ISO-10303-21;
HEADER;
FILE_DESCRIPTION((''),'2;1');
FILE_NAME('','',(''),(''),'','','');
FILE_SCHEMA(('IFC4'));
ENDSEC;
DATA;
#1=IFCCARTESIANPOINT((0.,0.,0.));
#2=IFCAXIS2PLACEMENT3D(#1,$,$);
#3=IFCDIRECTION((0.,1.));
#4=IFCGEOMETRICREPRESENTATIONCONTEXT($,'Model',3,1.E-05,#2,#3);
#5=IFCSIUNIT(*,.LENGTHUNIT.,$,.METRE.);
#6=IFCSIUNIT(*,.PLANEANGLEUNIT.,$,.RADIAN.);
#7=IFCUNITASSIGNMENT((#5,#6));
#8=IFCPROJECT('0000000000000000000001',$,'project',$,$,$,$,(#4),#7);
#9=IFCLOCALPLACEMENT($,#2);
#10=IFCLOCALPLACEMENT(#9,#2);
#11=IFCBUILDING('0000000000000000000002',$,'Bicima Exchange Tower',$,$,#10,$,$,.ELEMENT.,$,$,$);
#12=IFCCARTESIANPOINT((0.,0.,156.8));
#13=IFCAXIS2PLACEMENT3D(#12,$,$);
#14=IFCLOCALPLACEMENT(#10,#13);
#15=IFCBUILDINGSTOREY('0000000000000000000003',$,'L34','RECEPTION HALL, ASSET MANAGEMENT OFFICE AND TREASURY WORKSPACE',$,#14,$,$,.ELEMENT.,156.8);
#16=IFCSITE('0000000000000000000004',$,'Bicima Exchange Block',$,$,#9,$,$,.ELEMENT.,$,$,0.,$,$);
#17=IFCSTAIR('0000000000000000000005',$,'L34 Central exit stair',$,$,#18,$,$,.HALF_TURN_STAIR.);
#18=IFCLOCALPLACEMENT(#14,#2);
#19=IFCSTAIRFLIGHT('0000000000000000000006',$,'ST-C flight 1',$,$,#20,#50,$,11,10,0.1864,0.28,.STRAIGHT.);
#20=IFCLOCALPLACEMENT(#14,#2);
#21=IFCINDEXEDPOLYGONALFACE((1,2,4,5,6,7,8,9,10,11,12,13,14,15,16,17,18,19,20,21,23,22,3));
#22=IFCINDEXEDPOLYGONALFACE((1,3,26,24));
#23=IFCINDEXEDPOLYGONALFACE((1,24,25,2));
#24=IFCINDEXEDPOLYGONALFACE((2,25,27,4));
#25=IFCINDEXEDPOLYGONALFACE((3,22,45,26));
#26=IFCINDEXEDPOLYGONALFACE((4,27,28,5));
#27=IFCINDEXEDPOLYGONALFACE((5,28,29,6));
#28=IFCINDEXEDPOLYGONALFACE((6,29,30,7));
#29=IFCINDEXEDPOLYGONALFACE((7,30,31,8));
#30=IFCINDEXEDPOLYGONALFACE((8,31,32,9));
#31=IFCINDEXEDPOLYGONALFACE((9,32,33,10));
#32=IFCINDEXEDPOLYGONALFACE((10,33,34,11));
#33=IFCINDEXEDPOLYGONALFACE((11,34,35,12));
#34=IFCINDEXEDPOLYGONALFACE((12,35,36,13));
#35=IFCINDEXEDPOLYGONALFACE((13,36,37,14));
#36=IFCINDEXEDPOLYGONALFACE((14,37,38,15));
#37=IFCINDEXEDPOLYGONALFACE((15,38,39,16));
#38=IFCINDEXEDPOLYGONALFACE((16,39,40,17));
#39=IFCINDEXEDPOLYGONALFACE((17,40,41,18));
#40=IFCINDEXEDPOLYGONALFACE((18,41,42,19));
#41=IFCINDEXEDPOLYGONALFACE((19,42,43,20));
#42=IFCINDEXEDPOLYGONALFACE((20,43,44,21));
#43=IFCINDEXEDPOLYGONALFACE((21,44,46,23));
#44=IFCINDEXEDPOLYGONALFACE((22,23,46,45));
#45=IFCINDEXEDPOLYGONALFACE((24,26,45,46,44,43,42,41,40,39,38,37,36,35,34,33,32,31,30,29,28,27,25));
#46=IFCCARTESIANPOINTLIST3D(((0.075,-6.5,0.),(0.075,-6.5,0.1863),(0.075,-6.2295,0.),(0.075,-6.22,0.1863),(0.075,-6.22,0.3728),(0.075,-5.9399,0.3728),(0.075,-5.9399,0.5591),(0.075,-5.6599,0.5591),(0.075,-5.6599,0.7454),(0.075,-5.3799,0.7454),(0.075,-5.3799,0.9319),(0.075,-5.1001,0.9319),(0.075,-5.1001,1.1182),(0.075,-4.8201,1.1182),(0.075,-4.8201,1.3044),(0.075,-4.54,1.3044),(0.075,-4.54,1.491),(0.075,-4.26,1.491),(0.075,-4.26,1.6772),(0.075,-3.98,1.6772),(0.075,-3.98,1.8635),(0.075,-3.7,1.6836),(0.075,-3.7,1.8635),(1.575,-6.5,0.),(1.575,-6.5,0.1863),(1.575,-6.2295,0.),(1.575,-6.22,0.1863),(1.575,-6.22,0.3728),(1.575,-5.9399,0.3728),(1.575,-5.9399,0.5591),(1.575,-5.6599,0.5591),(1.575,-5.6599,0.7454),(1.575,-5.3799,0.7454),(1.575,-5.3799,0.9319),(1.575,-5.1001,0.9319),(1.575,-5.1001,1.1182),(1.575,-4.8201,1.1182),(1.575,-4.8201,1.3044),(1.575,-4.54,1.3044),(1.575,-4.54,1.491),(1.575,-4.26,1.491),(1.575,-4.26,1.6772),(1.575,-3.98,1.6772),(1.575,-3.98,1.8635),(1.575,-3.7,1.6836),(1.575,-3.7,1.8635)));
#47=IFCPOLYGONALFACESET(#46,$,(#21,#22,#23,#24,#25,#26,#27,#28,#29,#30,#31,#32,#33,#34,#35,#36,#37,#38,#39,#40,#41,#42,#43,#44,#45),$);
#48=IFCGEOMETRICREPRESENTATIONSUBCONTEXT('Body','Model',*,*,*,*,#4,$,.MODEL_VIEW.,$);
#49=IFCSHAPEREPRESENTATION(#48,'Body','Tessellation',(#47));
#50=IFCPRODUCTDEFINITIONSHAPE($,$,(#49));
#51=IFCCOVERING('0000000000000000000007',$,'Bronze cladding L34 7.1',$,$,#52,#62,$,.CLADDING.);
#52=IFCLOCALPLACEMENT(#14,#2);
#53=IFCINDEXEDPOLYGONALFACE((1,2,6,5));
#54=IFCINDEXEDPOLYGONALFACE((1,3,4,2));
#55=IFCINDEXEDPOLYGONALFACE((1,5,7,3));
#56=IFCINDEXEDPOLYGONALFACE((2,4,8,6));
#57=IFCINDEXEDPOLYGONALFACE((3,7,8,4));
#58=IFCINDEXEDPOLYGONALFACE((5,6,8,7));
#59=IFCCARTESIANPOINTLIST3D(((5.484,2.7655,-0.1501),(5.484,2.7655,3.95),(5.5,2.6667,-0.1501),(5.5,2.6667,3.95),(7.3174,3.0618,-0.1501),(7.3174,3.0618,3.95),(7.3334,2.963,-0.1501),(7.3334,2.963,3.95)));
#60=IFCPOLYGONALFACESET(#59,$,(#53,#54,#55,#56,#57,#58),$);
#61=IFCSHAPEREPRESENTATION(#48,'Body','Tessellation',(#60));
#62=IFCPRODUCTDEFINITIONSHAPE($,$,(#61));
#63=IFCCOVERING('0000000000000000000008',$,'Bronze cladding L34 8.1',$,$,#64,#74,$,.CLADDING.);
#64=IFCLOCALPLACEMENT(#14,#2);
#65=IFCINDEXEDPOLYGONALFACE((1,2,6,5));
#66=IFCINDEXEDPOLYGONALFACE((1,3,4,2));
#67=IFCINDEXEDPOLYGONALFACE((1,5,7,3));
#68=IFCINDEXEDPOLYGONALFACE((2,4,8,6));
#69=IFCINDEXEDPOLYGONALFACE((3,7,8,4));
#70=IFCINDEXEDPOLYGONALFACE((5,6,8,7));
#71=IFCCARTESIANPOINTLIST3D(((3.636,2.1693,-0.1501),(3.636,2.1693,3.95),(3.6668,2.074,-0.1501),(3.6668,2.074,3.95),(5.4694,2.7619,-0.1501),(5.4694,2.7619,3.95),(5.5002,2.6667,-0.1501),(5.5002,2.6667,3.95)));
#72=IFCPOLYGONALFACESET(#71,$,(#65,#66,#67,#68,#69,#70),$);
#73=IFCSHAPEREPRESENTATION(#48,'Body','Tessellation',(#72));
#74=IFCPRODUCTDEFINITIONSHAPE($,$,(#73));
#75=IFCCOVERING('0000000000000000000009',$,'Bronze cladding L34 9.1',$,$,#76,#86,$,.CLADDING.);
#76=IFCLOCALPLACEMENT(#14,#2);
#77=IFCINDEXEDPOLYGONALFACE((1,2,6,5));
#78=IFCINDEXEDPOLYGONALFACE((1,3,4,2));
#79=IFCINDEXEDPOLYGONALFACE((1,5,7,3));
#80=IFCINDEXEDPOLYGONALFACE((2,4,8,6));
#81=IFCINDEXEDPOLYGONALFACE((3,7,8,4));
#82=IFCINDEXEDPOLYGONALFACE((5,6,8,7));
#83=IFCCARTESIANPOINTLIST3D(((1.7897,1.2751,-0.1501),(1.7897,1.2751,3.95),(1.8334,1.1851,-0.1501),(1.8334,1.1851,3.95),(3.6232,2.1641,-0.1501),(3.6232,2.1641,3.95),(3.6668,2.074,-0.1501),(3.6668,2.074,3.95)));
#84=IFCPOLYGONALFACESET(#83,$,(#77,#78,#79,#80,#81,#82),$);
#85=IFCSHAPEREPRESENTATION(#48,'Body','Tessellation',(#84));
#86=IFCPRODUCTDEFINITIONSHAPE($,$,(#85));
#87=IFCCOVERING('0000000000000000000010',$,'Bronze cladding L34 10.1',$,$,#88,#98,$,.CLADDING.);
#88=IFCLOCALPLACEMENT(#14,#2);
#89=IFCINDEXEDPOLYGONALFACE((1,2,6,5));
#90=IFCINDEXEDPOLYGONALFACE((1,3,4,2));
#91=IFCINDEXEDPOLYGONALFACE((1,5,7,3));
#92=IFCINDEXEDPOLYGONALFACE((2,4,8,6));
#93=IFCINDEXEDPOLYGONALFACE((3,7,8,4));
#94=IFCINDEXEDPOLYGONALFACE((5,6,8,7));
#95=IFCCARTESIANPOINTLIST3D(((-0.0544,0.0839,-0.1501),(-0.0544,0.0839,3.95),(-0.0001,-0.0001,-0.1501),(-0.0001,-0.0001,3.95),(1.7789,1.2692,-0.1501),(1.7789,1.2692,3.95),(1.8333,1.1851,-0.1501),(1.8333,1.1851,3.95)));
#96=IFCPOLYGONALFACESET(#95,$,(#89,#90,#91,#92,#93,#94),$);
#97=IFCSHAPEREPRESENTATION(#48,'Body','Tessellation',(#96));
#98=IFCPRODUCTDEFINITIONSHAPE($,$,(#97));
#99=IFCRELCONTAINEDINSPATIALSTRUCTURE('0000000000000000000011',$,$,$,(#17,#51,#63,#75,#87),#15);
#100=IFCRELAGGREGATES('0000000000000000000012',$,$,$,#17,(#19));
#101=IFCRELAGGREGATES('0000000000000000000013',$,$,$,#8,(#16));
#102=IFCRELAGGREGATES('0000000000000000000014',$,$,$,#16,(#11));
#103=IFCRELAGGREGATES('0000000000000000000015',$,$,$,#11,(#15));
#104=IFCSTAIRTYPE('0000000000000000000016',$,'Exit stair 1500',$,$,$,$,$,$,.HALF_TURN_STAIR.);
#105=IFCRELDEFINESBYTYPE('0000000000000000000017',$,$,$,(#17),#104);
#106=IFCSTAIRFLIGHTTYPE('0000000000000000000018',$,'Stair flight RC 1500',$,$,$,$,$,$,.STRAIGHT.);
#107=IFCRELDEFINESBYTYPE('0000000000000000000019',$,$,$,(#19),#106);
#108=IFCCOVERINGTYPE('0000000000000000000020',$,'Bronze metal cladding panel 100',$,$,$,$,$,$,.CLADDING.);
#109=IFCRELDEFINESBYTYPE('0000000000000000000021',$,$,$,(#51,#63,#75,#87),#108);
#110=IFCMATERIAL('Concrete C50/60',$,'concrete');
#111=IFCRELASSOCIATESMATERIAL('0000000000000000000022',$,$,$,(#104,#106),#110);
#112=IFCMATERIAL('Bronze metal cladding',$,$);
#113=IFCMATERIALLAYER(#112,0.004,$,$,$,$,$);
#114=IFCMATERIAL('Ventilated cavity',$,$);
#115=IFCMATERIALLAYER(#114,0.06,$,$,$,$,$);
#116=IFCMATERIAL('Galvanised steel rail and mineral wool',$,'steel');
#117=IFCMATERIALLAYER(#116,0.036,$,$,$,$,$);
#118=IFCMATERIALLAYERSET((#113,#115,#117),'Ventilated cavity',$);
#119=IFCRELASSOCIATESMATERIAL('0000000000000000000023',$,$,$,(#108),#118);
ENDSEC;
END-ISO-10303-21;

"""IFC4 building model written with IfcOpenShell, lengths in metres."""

from ifc_helpers import new_model, si_unit, direction, frame, origin, origin_2d, place, context, subcontext, project, spatial, polyline, rectangle, outline, extrude, material, layer, layer_set, type_object, element, aggregate, save


model = new_model("IFC4")

# Units and contexts
model_context = context("Model", 3, precision=1e-05, world=origin(), true_north=direction((0.0, 1.0)))
body_context = subcontext(model_context, "Body", "Model", "MODEL_VIEW")
ifc_project = project(units=[si_unit("LENGTHUNIT", "METRE"), si_unit("PLANEANGLEUNIT", "RADIAN")], contexts=[model_context])

# Site, building, storey
site_placement = place(None, origin())
site = spatial("IfcSite", under=ifc_project, at=site_placement, Name="Bicima Exchange Block", CompositionType="ELEMENT", RefElevation=0.0)
building_placement = place(site_placement, origin())
building = spatial("IfcBuilding", under=site, at=building_placement, Name="Bicima Exchange Tower", CompositionType="ELEMENT")
storey_placement = place(building_placement, frame((0.0, 0.0, 156.8)))
storey = spatial("IfcBuildingStorey", under=building, at=storey_placement, Name="L34", Description="RECEPTION HALL, ASSET MANAGEMENT OFFICE AND TREASURY WORKSPACE", CompositionType="ELEMENT", Elevation=156.8)

# Stair
ifc_material_1 = material(Name="Concrete C50/60", Category="concrete")
stair_type_1 = type_object("IfcStairType", Name="Exit stair 1500", PredefinedType="HALF_TURN_STAIR", material=ifc_material_1)
stair_1_placement = place(storey_placement, origin())
stair_1 = element("IfcStair", 1, at=stair_1_placement, inside=storey, type_object=stair_type_1, Name="L34 Central exit stair", PredefinedType="HALF_TURN_STAIR")

# Stair flight
stair_flight_type = type_object("IfcStairFlightType", Name="Stair flight RC 1500", PredefinedType="STRAIGHT", material=ifc_material_1)
stair_flight_placement = place(storey_placement, frame((0.825, -6.5, 0.0), z_axis=(0.0, 0.0, 1.0), x_axis=(0.0, 1.0, 0.0)))
stair_flight = element("IfcStairFlight", 2, at=stair_flight_placement, type_object=stair_flight_type, Name="ST-C flight 1", NumberOfRisers=11, NumberOfTreads=10, PredefinedType="STRAIGHT", RiserHeight=0.1864, TreadLength=0.28, context=body_context, shape_type="SweptSolid", body=[
    extrude(outline(polyline([(0.0, 0.0), (0.0, 0.1863), (0.28, 0.1863), (0.28, 0.3728), (0.5601, 0.3728), (0.5601, 0.5591), (0.8401, 0.5591), (0.8401, 0.7454), (1.1201, 0.7454), (1.1201, 0.9319), (1.3999, 0.9319), (1.3999, 1.1182), (1.6799, 1.1182), (1.6799, 1.3044), (1.96, 1.3044), (1.96, 1.491), (2.24, 1.491), (2.24, 1.6772), (2.52, 1.6772), (2.52, 1.8635), (2.8, 1.8635), (2.8, 2.05), (2.8, 1.6836), (0.2705, 0.0), (0.0, 0.0)])), frame((0.0, 0.75, 0.0), z_axis=(0.0, -1.0, 0.0), x_axis=(1.0, 0.0, 0.0)), (0.0, 0.0, 1.0), 1.5),
])
aggregate(stair_1, [stair_flight])

# Coverings
ifc_material_2 = material(Name="Bronze metal cladding")
ifc_layer_1 = layer(ifc_material_2, 0.004)
ifc_material_3 = material(Name="Ventilated cavity")
ifc_layer_2 = layer(ifc_material_3, 0.06)
ifc_material_4 = material(Name="Galvanised steel rail and mineral wool", Category="steel")
ifc_layer_3 = layer(ifc_material_4, 0.036)
ifc_layer_set_1 = layer_set([ifc_layer_1, ifc_layer_2, ifc_layer_3], Name="Ventilated cavity")
covering_type = type_object("IfcCoveringType", Name="Bronze metal cladding panel 100", PredefinedType="CLADDING", material=ifc_layer_set_1)
covering_1_placement = place(storey_placement, frame((6.4087, 2.8643, -0.1501), z_axis=(0.0, 0.0, 1.0), x_axis=(-0.98719, -0.15955, 0.0)))
element("IfcCovering", 3, at=covering_1_placement, inside=storey, type_object=covering_type, Name="Bronze cladding L34 7.1", PredefinedType="CLADDING", context=body_context, shape_type="SweptSolid", body=[
    extrude(rectangle(XDim=1.8572, YDim=0.1001, at=origin_2d()), origin(), (0.0, 0.0, 1.0), 4.1001),
])
covering_2_placement = place(storey_placement, frame((4.5681, 2.418, -0.1501), z_axis=(0.0, 0.0, 1.0), x_axis=(-0.951525, -0.307573, 0.0)))
element("IfcCovering", 4, at=covering_2_placement, inside=storey, type_object=covering_type, Name="Bronze cladding L34 8.1", PredefinedType="CLADDING", context=body_context, shape_type="SweptSolid", body=[
    extrude(rectangle(XDim=1.9268, YDim=0.1001, at=origin_2d()), origin(), (0.0, 0.0, 1.0), 4.1001),
])
covering_3_placement = place(storey_placement, frame((2.7283, 1.6746, -0.1501), z_axis=(0.0, 0.0, 1.0), x_axis=(-0.899818, -0.436265, 0.0)))
element("IfcCovering", 5, at=covering_3_placement, inside=storey, type_object=covering_type, Name="Bronze cladding L34 9.1", PredefinedType="CLADDING", context=body_context, shape_type="SweptSolid", body=[
    extrude(rectangle(XDim=2.0376, YDim=0.1001, at=origin_2d()), origin(), (0.0, 0.0, 1.0), 4.1001),
])
covering_4_placement = place(storey_placement, frame((0.8894, 0.6345, -0.1501), z_axis=(0.0, 0.0, 1.0), x_axis=(-0.83979, -0.542911, 0.0)))
element("IfcCovering", 6, at=covering_4_placement, inside=storey, type_object=covering_type, Name="Bronze cladding L34 10.1", PredefinedType="CLADDING", context=body_context, shape_type="SweptSolid", body=[
    extrude(rectangle(XDim=2.1831, YDim=0.1001, at=origin_2d()), origin(), (0.0, 0.0, 1.0), 4.1001),
])

save(model, "model.ifc")
